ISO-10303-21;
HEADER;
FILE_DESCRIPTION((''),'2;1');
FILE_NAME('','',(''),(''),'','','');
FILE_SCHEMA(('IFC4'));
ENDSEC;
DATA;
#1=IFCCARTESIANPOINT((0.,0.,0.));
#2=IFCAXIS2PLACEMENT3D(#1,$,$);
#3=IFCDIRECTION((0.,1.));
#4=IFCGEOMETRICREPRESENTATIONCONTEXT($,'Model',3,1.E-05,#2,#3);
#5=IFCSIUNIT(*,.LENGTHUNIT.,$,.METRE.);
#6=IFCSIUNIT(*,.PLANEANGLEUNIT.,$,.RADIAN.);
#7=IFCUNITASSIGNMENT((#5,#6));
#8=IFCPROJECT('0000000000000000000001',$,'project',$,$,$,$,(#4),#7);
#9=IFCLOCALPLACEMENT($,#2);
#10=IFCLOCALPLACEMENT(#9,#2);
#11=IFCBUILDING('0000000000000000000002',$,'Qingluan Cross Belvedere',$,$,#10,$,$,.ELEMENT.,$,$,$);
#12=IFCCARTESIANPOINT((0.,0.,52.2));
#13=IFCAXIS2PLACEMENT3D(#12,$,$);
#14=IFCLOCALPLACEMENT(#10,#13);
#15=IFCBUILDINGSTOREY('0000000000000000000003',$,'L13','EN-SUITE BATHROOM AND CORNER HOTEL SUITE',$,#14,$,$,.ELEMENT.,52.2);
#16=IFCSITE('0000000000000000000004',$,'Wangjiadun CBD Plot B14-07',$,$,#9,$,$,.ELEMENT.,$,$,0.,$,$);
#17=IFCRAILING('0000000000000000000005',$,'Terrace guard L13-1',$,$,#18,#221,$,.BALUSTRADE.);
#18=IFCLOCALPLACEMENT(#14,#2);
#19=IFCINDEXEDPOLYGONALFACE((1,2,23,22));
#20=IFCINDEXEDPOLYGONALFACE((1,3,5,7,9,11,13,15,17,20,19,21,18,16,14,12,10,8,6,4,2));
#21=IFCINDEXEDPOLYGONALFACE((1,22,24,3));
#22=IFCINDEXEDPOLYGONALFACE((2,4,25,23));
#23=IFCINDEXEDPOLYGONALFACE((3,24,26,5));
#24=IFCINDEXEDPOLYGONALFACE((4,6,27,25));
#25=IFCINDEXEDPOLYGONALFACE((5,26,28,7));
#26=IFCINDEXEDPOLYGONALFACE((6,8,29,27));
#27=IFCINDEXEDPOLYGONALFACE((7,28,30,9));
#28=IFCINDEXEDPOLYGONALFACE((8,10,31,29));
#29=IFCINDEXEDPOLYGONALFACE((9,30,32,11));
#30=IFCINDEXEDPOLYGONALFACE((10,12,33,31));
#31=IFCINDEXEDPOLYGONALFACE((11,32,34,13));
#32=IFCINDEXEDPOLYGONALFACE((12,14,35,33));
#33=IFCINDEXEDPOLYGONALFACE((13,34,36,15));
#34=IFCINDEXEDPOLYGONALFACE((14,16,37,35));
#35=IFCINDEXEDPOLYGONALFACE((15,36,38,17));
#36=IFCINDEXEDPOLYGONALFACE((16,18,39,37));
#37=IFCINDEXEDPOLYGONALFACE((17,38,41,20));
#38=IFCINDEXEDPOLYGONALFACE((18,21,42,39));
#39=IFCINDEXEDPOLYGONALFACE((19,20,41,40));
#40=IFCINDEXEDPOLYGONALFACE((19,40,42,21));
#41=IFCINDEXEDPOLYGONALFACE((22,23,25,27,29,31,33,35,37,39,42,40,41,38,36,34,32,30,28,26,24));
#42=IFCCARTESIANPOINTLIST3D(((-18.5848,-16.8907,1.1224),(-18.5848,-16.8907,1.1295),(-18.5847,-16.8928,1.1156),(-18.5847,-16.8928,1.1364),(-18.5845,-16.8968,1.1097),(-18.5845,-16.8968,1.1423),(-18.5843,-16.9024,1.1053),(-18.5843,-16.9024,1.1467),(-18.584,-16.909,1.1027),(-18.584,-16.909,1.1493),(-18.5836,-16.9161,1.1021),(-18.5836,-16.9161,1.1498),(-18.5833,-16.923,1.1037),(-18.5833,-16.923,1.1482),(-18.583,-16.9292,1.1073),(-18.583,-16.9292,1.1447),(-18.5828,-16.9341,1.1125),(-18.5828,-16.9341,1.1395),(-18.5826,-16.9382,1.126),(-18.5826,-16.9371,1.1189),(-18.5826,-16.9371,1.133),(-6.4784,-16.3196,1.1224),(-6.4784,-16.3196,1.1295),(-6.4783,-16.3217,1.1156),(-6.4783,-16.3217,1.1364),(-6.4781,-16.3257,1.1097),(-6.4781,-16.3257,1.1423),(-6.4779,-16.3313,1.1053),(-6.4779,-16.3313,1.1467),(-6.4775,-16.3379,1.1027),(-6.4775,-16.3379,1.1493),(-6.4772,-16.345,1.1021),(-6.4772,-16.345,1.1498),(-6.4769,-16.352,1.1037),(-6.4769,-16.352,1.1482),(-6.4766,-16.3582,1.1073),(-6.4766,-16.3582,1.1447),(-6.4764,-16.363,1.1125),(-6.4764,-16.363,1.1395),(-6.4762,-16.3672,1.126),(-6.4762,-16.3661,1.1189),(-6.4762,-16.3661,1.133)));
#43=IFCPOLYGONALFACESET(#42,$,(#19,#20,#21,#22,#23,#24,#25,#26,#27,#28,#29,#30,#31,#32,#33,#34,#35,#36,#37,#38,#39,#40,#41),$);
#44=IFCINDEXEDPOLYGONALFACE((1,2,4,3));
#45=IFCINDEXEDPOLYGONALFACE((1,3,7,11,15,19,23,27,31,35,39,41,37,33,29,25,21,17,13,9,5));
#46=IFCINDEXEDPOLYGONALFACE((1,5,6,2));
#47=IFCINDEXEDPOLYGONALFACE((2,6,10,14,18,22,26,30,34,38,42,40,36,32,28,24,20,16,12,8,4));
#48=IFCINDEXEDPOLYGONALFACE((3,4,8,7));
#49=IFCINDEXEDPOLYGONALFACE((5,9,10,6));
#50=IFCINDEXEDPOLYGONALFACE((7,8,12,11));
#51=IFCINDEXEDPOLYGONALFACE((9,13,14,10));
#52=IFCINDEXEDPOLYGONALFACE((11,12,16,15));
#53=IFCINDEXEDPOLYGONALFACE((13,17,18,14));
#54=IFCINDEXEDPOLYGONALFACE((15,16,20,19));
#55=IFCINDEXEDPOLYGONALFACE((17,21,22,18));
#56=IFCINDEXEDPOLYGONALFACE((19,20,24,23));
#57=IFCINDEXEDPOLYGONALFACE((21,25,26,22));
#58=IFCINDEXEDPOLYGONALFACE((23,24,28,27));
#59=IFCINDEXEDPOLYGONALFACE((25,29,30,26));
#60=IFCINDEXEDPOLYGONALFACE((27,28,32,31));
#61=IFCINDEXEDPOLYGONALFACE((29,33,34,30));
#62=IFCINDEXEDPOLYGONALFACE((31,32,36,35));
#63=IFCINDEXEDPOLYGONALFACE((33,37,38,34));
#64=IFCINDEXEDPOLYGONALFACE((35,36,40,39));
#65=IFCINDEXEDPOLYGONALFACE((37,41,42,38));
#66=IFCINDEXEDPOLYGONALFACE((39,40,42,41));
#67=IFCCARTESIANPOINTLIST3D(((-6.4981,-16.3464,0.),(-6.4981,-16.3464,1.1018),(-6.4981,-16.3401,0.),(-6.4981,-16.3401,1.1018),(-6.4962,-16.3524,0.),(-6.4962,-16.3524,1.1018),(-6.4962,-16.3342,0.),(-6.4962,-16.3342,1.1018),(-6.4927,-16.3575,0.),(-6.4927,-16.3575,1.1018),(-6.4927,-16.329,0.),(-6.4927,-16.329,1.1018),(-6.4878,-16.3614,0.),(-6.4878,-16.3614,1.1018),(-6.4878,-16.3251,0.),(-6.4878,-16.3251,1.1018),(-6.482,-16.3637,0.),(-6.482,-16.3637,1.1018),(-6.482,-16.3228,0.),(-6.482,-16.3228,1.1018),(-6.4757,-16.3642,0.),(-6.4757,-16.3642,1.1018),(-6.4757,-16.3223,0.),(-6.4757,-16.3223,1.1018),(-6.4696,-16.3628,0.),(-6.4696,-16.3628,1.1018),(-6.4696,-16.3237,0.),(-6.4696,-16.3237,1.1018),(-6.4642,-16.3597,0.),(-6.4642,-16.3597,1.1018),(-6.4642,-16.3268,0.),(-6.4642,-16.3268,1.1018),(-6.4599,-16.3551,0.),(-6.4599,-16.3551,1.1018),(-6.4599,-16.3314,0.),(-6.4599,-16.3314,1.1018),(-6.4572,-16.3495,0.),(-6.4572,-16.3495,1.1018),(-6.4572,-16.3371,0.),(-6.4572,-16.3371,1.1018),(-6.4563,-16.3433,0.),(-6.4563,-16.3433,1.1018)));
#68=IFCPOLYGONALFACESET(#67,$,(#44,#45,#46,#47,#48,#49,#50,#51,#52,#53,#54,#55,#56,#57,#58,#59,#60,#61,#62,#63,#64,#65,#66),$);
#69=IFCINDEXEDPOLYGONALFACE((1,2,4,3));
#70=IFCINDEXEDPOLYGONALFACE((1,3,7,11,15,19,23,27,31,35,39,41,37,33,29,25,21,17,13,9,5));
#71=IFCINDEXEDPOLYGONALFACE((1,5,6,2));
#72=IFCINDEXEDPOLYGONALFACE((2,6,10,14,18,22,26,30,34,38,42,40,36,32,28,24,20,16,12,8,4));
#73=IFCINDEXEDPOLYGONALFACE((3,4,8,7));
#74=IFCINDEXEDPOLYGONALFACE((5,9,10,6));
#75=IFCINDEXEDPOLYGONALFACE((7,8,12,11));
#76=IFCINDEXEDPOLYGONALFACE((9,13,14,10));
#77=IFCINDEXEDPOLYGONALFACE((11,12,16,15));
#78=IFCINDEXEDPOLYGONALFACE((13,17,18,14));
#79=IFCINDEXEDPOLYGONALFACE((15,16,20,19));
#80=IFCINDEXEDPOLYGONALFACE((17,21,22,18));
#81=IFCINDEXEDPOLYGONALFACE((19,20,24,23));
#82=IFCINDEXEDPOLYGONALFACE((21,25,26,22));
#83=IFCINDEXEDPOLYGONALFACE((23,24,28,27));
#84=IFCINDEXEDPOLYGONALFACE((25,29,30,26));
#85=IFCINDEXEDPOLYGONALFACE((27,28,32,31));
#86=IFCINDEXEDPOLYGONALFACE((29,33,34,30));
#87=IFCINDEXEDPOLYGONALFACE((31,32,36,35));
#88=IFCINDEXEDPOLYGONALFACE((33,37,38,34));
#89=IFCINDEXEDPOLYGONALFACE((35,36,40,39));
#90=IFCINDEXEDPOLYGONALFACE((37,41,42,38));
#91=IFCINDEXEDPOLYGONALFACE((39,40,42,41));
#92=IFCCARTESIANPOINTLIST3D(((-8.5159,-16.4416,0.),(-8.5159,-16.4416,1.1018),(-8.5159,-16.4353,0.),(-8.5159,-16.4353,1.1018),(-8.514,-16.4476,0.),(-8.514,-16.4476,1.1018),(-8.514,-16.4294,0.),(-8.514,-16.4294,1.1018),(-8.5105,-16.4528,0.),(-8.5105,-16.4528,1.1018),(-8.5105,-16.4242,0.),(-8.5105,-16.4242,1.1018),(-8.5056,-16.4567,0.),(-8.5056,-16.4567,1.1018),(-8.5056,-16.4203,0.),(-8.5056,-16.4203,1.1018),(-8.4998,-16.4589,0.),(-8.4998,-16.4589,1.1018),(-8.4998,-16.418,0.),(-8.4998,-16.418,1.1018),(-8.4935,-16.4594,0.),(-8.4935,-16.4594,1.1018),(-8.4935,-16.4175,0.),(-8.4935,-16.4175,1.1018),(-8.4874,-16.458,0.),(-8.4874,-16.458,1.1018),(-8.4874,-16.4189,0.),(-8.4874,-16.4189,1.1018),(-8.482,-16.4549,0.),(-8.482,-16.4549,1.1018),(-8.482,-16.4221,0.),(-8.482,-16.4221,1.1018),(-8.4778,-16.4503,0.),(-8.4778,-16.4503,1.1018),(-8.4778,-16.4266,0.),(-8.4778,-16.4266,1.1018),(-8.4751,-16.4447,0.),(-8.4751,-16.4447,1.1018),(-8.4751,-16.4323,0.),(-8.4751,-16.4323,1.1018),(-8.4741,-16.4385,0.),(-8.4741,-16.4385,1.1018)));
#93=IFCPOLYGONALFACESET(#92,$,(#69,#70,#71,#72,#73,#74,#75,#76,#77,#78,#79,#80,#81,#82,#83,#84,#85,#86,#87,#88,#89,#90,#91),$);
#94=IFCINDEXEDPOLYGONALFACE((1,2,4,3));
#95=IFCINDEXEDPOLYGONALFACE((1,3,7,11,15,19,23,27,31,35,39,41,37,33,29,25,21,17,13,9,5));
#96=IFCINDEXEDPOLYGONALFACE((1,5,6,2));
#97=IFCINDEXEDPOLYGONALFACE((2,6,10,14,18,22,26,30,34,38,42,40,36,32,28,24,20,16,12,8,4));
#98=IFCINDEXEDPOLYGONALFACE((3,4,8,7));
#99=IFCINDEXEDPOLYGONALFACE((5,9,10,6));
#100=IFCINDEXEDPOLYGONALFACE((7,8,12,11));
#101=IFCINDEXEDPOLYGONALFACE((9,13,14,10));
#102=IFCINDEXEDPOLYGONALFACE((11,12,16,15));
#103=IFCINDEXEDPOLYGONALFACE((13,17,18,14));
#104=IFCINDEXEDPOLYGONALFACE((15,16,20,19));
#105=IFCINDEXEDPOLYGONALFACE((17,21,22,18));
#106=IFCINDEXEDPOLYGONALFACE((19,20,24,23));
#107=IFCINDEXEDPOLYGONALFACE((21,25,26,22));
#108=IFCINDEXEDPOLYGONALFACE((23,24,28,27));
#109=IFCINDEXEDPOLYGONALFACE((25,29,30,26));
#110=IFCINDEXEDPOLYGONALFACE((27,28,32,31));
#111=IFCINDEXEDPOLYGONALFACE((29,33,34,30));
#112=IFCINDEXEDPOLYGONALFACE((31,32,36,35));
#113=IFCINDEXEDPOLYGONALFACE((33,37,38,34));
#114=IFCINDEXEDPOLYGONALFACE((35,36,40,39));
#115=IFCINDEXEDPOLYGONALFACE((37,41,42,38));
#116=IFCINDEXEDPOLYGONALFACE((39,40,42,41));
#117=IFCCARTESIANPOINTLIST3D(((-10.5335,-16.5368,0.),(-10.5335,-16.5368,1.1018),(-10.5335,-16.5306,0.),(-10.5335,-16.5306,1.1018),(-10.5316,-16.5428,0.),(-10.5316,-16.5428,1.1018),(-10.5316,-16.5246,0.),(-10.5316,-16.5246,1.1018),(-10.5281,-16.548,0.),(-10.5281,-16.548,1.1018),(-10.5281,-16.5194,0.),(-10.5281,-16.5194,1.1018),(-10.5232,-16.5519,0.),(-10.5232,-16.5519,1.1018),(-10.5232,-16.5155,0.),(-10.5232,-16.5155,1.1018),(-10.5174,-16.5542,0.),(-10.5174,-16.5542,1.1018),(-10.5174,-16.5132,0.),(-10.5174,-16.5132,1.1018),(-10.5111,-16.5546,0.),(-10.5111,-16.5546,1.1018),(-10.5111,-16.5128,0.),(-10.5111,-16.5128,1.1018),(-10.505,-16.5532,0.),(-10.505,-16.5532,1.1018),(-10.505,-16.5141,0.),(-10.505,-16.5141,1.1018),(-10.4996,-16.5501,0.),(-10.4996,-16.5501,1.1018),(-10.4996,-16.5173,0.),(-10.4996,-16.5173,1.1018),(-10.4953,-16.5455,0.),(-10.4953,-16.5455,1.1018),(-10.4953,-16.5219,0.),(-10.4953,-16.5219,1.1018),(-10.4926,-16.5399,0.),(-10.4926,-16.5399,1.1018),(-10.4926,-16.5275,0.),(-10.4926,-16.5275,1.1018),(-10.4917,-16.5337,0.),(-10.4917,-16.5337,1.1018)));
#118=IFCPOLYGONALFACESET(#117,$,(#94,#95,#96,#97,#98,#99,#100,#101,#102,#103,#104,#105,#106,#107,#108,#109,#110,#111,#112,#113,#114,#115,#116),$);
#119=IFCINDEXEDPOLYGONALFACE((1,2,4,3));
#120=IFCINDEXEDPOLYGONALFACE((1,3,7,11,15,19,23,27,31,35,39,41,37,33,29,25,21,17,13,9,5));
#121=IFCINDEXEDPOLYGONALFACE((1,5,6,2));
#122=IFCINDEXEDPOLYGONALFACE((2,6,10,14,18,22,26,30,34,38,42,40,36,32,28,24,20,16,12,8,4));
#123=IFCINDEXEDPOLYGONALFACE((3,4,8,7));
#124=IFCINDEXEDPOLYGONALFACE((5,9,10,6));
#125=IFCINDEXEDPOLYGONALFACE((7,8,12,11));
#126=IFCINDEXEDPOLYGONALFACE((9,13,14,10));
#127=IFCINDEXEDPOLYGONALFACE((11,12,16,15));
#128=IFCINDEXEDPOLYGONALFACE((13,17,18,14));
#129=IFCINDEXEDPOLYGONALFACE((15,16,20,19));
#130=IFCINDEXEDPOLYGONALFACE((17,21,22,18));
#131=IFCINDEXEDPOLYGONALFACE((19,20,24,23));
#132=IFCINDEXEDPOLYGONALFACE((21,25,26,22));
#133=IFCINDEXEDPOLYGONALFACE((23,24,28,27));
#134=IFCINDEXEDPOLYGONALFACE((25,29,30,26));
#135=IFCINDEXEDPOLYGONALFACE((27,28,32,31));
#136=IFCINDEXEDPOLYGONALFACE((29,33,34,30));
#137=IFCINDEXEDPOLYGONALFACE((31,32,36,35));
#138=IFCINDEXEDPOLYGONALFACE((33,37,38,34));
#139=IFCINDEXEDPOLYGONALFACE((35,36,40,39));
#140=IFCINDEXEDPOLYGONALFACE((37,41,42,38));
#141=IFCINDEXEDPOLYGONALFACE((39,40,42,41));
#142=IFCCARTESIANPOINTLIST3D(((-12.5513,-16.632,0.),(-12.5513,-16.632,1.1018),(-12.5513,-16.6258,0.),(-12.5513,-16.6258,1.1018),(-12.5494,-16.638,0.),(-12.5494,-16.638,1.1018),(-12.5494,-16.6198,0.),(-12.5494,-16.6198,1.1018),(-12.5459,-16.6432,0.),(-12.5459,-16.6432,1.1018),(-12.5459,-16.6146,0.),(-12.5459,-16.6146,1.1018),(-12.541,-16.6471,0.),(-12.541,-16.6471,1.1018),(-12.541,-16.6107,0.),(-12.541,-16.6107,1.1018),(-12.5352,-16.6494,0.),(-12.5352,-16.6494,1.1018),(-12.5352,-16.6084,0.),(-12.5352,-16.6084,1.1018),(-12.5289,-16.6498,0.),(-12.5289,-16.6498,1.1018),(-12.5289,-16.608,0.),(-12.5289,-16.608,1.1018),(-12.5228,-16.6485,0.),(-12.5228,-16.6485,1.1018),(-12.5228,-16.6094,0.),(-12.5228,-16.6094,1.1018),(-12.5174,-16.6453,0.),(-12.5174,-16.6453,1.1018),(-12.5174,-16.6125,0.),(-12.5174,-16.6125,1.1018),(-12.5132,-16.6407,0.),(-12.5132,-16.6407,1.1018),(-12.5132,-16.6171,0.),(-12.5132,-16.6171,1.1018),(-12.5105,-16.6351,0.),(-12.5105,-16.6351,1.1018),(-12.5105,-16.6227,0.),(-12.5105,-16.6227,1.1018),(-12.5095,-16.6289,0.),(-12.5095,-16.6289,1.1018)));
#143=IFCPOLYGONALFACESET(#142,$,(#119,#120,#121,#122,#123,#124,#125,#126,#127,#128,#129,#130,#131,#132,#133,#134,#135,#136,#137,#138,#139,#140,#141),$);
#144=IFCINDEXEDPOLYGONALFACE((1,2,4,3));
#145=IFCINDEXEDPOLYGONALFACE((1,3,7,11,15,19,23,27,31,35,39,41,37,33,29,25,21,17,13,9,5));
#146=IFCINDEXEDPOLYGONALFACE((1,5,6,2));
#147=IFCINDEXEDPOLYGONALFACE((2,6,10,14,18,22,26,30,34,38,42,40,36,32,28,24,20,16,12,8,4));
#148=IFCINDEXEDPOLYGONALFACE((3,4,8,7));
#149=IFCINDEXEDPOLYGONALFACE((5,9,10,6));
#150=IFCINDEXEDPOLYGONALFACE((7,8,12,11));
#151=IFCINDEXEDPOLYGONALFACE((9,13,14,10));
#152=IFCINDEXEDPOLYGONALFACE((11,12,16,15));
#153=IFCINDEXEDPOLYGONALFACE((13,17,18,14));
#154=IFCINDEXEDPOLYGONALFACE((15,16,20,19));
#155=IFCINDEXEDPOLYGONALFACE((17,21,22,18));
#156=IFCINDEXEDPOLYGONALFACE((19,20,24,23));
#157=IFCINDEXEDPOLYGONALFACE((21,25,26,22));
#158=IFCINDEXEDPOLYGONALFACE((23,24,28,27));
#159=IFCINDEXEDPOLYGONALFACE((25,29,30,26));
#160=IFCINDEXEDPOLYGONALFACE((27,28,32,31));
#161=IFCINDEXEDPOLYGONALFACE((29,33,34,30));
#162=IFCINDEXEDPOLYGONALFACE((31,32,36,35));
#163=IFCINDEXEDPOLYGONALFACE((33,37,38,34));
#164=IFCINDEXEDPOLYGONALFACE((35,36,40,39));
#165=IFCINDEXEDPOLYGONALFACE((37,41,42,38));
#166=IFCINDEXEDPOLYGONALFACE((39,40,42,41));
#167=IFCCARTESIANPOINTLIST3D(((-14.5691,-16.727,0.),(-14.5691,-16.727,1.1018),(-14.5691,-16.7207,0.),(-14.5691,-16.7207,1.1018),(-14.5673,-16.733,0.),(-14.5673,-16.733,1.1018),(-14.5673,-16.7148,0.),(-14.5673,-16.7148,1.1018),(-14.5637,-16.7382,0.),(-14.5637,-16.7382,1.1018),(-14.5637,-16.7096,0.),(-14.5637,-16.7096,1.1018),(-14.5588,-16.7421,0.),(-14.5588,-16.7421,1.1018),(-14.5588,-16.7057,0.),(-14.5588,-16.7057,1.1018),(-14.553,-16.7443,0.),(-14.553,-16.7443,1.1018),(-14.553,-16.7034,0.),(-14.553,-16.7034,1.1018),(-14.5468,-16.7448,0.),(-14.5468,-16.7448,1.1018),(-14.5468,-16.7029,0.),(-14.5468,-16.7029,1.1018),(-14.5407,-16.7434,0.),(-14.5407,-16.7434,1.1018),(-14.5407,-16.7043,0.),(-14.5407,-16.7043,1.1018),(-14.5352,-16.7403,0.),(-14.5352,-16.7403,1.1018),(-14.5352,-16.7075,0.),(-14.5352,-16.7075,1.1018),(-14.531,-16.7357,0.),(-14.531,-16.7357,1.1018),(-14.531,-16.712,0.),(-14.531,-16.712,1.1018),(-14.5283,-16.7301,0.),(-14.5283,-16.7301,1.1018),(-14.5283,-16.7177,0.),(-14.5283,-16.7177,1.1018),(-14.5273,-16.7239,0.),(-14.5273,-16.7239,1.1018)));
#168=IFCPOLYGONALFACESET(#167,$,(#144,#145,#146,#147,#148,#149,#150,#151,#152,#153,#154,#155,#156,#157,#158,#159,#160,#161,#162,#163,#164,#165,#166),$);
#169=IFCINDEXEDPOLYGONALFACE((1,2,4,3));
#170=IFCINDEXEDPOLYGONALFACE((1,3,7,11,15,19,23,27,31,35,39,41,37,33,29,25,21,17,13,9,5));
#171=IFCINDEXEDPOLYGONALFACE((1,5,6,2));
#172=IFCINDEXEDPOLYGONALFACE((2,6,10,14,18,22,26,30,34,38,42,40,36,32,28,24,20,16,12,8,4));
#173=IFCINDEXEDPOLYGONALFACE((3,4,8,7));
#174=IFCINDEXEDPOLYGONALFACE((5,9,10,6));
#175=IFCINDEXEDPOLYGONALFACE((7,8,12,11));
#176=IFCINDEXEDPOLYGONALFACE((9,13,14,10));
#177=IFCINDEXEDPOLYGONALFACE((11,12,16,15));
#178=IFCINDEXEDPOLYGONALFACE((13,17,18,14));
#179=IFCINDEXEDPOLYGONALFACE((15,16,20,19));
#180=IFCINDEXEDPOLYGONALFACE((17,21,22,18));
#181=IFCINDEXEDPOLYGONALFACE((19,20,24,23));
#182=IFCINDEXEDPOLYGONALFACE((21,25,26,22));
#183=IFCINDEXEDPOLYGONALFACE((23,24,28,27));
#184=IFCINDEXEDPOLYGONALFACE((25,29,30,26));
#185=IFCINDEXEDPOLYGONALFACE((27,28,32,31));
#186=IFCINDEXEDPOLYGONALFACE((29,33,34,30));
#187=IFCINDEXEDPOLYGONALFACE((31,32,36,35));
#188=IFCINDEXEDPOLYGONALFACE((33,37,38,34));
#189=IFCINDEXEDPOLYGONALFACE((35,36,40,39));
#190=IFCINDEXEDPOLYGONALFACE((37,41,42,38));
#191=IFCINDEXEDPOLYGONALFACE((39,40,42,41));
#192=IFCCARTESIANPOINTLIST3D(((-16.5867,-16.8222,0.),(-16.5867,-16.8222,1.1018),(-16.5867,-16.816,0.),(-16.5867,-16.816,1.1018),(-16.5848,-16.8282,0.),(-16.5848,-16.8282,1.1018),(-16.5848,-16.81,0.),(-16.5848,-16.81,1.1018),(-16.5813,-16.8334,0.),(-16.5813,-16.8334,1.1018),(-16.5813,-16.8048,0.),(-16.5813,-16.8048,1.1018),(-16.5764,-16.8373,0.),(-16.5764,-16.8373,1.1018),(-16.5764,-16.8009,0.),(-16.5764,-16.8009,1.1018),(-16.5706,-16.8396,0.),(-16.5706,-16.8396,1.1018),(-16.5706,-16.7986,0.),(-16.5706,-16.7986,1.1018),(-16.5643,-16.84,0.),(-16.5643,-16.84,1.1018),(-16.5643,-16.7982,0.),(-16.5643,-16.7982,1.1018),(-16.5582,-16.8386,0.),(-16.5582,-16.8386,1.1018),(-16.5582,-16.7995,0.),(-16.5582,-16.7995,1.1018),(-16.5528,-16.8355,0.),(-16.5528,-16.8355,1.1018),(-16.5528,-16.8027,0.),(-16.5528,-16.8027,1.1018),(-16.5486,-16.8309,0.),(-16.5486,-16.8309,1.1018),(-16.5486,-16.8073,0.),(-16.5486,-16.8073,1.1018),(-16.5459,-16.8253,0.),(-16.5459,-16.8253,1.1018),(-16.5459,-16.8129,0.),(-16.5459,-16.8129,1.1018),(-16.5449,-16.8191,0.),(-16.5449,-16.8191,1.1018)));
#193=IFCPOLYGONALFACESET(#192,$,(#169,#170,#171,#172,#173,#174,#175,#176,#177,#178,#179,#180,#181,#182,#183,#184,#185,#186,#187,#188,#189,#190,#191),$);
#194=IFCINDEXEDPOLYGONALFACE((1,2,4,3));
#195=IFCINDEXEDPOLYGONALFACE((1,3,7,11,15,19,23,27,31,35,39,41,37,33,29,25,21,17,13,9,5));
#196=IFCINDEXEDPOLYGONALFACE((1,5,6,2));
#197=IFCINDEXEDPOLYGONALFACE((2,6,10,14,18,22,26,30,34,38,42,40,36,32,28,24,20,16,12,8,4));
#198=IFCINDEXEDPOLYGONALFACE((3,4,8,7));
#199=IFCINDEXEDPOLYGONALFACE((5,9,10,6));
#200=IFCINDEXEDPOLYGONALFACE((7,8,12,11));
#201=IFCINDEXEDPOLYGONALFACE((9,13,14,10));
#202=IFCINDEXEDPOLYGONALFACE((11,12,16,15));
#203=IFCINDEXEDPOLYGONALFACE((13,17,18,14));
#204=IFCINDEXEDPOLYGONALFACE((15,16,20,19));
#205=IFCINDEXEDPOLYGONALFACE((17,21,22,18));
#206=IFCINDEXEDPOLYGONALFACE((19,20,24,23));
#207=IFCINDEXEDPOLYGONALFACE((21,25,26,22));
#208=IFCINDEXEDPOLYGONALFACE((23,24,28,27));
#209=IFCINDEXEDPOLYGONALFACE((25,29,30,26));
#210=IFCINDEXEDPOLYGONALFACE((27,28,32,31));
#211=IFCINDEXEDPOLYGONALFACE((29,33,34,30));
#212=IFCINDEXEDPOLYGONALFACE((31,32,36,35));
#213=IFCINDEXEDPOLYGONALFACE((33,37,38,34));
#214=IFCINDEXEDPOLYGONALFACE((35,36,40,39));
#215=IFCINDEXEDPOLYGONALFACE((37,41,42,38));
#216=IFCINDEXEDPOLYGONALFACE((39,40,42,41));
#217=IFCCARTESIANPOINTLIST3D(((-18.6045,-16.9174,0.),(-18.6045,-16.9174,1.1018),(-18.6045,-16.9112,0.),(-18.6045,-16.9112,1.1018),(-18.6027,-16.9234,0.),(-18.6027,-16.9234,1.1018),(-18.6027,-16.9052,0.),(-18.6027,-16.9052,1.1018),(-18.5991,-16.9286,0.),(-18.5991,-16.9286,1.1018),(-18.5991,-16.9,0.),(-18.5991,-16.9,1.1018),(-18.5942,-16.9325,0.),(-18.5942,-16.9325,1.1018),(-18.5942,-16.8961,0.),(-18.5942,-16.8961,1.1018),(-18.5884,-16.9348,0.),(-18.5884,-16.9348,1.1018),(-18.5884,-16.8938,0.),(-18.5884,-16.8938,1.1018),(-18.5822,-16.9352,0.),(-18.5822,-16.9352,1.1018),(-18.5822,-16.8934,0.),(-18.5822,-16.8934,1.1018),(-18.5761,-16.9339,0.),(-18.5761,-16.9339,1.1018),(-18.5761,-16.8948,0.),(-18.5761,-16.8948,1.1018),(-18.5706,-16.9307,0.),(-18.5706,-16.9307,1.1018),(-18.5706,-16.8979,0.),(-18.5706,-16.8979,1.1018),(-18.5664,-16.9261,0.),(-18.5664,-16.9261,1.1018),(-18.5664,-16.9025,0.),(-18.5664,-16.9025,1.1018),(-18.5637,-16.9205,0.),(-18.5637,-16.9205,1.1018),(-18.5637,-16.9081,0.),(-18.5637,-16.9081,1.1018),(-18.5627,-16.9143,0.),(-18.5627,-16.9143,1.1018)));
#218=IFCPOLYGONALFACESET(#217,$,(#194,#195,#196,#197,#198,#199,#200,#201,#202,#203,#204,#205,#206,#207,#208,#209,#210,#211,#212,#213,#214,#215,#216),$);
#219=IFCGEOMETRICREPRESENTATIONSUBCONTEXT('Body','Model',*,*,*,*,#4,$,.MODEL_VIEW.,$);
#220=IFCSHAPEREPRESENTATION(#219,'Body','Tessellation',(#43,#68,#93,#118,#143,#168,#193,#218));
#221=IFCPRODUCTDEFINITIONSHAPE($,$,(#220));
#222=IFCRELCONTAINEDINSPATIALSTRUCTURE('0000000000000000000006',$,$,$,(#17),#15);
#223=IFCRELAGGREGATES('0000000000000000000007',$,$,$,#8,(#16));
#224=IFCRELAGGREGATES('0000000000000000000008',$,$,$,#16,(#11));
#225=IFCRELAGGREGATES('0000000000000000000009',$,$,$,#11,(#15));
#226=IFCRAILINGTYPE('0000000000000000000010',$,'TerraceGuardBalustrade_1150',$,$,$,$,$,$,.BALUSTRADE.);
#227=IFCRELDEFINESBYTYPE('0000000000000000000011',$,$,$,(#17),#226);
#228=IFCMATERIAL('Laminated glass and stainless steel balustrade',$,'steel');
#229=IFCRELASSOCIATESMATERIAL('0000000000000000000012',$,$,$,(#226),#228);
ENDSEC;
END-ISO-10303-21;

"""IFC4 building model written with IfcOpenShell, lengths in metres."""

from ifc_helpers import new_model, si_unit, direction, frame, origin, origin_2d, place, context, subcontext, project, spatial, circle, extrude, material, type_object, element, save


model = new_model("IFC4")

# Units and contexts
model_context = context("Model", 3, precision=1e-05, world=origin(), true_north=direction((0.0, 1.0)))
body_context = subcontext(model_context, "Body", "Model", "MODEL_VIEW")
ifc_project = project(units=[si_unit("LENGTHUNIT", "METRE"), si_unit("PLANEANGLEUNIT", "RADIAN")], contexts=[model_context])

# Site, building, storey
site_placement = place(None, origin())
site = spatial("IfcSite", under=ifc_project, at=site_placement, Name="Wangjiadun CBD Plot B14-07", CompositionType="ELEMENT", RefElevation=0.0)
building_placement = place(site_placement, origin())
building = spatial("IfcBuilding", under=site, at=building_placement, Name="Qingluan Cross Belvedere", CompositionType="ELEMENT")
storey_placement = place(building_placement, frame((0.0, 0.0, 52.2)))
storey = spatial("IfcBuildingStorey", under=building, at=storey_placement, Name="L13", Description="EN-SUITE BATHROOM AND CORNER HOTEL SUITE", CompositionType="ELEMENT", Elevation=52.2)

# Railing
ifc_material_1 = material(Name="Laminated glass and stainless steel balustrade", Category="steel")
railing_type = type_object("IfcRailingType", Name="TerraceGuardBalustrade_1150", PredefinedType="BALUSTRADE", material=ifc_material_1)
railing_placement = place(storey_placement, frame((-6.4773, -16.3433, 0.0)))
element("IfcRailing", 1, at=railing_placement, inside=storey, type_object=railing_type, Name="Terrace guard L13-1", PredefinedType="BALUSTRADE", context=body_context, shape_type="SweptSolid", body=[
    extrude(circle(Radius=0.0239, at=origin_2d()), frame((0.0, 0.0, 1.126), z_axis=(-0.998889, -0.047116, 0.0), x_axis=(0.047116, -0.998889, 0.0)), (0.0, 0.0, 1.0), 12.1199),
    extrude(circle(Radius=0.021, at=origin_2d()), origin(), (0.0, 0.0, 1.0), 1.1018),
    extrude(circle(Radius=0.021, at=origin_2d()), frame((-2.0178, -0.0952, 0.0)), (0.0, 0.0, 1.0), 1.1018),
    extrude(circle(Radius=0.021, at=origin_2d()), frame((-4.0354, -0.1904, 0.0)), (0.0, 0.0, 1.0), 1.1018),
    extrude(circle(Radius=0.021, at=origin_2d()), frame((-6.0532, -0.2856, 0.0)), (0.0, 0.0, 1.0), 1.1018),
    extrude(circle(Radius=0.021, at=origin_2d()), frame((-8.071, -0.3806, 0.0)), (0.0, 0.0, 1.0), 1.1018),
    extrude(circle(Radius=0.021, at=origin_2d()), frame((-10.0886, -0.4758, 0.0)), (0.0, 0.0, 1.0), 1.1018),
    extrude(circle(Radius=0.021, at=origin_2d()), frame((-12.1064, -0.571, 0.0)), (0.0, 0.0, 1.0), 1.1018),
])

save(model, "model.ifc")
